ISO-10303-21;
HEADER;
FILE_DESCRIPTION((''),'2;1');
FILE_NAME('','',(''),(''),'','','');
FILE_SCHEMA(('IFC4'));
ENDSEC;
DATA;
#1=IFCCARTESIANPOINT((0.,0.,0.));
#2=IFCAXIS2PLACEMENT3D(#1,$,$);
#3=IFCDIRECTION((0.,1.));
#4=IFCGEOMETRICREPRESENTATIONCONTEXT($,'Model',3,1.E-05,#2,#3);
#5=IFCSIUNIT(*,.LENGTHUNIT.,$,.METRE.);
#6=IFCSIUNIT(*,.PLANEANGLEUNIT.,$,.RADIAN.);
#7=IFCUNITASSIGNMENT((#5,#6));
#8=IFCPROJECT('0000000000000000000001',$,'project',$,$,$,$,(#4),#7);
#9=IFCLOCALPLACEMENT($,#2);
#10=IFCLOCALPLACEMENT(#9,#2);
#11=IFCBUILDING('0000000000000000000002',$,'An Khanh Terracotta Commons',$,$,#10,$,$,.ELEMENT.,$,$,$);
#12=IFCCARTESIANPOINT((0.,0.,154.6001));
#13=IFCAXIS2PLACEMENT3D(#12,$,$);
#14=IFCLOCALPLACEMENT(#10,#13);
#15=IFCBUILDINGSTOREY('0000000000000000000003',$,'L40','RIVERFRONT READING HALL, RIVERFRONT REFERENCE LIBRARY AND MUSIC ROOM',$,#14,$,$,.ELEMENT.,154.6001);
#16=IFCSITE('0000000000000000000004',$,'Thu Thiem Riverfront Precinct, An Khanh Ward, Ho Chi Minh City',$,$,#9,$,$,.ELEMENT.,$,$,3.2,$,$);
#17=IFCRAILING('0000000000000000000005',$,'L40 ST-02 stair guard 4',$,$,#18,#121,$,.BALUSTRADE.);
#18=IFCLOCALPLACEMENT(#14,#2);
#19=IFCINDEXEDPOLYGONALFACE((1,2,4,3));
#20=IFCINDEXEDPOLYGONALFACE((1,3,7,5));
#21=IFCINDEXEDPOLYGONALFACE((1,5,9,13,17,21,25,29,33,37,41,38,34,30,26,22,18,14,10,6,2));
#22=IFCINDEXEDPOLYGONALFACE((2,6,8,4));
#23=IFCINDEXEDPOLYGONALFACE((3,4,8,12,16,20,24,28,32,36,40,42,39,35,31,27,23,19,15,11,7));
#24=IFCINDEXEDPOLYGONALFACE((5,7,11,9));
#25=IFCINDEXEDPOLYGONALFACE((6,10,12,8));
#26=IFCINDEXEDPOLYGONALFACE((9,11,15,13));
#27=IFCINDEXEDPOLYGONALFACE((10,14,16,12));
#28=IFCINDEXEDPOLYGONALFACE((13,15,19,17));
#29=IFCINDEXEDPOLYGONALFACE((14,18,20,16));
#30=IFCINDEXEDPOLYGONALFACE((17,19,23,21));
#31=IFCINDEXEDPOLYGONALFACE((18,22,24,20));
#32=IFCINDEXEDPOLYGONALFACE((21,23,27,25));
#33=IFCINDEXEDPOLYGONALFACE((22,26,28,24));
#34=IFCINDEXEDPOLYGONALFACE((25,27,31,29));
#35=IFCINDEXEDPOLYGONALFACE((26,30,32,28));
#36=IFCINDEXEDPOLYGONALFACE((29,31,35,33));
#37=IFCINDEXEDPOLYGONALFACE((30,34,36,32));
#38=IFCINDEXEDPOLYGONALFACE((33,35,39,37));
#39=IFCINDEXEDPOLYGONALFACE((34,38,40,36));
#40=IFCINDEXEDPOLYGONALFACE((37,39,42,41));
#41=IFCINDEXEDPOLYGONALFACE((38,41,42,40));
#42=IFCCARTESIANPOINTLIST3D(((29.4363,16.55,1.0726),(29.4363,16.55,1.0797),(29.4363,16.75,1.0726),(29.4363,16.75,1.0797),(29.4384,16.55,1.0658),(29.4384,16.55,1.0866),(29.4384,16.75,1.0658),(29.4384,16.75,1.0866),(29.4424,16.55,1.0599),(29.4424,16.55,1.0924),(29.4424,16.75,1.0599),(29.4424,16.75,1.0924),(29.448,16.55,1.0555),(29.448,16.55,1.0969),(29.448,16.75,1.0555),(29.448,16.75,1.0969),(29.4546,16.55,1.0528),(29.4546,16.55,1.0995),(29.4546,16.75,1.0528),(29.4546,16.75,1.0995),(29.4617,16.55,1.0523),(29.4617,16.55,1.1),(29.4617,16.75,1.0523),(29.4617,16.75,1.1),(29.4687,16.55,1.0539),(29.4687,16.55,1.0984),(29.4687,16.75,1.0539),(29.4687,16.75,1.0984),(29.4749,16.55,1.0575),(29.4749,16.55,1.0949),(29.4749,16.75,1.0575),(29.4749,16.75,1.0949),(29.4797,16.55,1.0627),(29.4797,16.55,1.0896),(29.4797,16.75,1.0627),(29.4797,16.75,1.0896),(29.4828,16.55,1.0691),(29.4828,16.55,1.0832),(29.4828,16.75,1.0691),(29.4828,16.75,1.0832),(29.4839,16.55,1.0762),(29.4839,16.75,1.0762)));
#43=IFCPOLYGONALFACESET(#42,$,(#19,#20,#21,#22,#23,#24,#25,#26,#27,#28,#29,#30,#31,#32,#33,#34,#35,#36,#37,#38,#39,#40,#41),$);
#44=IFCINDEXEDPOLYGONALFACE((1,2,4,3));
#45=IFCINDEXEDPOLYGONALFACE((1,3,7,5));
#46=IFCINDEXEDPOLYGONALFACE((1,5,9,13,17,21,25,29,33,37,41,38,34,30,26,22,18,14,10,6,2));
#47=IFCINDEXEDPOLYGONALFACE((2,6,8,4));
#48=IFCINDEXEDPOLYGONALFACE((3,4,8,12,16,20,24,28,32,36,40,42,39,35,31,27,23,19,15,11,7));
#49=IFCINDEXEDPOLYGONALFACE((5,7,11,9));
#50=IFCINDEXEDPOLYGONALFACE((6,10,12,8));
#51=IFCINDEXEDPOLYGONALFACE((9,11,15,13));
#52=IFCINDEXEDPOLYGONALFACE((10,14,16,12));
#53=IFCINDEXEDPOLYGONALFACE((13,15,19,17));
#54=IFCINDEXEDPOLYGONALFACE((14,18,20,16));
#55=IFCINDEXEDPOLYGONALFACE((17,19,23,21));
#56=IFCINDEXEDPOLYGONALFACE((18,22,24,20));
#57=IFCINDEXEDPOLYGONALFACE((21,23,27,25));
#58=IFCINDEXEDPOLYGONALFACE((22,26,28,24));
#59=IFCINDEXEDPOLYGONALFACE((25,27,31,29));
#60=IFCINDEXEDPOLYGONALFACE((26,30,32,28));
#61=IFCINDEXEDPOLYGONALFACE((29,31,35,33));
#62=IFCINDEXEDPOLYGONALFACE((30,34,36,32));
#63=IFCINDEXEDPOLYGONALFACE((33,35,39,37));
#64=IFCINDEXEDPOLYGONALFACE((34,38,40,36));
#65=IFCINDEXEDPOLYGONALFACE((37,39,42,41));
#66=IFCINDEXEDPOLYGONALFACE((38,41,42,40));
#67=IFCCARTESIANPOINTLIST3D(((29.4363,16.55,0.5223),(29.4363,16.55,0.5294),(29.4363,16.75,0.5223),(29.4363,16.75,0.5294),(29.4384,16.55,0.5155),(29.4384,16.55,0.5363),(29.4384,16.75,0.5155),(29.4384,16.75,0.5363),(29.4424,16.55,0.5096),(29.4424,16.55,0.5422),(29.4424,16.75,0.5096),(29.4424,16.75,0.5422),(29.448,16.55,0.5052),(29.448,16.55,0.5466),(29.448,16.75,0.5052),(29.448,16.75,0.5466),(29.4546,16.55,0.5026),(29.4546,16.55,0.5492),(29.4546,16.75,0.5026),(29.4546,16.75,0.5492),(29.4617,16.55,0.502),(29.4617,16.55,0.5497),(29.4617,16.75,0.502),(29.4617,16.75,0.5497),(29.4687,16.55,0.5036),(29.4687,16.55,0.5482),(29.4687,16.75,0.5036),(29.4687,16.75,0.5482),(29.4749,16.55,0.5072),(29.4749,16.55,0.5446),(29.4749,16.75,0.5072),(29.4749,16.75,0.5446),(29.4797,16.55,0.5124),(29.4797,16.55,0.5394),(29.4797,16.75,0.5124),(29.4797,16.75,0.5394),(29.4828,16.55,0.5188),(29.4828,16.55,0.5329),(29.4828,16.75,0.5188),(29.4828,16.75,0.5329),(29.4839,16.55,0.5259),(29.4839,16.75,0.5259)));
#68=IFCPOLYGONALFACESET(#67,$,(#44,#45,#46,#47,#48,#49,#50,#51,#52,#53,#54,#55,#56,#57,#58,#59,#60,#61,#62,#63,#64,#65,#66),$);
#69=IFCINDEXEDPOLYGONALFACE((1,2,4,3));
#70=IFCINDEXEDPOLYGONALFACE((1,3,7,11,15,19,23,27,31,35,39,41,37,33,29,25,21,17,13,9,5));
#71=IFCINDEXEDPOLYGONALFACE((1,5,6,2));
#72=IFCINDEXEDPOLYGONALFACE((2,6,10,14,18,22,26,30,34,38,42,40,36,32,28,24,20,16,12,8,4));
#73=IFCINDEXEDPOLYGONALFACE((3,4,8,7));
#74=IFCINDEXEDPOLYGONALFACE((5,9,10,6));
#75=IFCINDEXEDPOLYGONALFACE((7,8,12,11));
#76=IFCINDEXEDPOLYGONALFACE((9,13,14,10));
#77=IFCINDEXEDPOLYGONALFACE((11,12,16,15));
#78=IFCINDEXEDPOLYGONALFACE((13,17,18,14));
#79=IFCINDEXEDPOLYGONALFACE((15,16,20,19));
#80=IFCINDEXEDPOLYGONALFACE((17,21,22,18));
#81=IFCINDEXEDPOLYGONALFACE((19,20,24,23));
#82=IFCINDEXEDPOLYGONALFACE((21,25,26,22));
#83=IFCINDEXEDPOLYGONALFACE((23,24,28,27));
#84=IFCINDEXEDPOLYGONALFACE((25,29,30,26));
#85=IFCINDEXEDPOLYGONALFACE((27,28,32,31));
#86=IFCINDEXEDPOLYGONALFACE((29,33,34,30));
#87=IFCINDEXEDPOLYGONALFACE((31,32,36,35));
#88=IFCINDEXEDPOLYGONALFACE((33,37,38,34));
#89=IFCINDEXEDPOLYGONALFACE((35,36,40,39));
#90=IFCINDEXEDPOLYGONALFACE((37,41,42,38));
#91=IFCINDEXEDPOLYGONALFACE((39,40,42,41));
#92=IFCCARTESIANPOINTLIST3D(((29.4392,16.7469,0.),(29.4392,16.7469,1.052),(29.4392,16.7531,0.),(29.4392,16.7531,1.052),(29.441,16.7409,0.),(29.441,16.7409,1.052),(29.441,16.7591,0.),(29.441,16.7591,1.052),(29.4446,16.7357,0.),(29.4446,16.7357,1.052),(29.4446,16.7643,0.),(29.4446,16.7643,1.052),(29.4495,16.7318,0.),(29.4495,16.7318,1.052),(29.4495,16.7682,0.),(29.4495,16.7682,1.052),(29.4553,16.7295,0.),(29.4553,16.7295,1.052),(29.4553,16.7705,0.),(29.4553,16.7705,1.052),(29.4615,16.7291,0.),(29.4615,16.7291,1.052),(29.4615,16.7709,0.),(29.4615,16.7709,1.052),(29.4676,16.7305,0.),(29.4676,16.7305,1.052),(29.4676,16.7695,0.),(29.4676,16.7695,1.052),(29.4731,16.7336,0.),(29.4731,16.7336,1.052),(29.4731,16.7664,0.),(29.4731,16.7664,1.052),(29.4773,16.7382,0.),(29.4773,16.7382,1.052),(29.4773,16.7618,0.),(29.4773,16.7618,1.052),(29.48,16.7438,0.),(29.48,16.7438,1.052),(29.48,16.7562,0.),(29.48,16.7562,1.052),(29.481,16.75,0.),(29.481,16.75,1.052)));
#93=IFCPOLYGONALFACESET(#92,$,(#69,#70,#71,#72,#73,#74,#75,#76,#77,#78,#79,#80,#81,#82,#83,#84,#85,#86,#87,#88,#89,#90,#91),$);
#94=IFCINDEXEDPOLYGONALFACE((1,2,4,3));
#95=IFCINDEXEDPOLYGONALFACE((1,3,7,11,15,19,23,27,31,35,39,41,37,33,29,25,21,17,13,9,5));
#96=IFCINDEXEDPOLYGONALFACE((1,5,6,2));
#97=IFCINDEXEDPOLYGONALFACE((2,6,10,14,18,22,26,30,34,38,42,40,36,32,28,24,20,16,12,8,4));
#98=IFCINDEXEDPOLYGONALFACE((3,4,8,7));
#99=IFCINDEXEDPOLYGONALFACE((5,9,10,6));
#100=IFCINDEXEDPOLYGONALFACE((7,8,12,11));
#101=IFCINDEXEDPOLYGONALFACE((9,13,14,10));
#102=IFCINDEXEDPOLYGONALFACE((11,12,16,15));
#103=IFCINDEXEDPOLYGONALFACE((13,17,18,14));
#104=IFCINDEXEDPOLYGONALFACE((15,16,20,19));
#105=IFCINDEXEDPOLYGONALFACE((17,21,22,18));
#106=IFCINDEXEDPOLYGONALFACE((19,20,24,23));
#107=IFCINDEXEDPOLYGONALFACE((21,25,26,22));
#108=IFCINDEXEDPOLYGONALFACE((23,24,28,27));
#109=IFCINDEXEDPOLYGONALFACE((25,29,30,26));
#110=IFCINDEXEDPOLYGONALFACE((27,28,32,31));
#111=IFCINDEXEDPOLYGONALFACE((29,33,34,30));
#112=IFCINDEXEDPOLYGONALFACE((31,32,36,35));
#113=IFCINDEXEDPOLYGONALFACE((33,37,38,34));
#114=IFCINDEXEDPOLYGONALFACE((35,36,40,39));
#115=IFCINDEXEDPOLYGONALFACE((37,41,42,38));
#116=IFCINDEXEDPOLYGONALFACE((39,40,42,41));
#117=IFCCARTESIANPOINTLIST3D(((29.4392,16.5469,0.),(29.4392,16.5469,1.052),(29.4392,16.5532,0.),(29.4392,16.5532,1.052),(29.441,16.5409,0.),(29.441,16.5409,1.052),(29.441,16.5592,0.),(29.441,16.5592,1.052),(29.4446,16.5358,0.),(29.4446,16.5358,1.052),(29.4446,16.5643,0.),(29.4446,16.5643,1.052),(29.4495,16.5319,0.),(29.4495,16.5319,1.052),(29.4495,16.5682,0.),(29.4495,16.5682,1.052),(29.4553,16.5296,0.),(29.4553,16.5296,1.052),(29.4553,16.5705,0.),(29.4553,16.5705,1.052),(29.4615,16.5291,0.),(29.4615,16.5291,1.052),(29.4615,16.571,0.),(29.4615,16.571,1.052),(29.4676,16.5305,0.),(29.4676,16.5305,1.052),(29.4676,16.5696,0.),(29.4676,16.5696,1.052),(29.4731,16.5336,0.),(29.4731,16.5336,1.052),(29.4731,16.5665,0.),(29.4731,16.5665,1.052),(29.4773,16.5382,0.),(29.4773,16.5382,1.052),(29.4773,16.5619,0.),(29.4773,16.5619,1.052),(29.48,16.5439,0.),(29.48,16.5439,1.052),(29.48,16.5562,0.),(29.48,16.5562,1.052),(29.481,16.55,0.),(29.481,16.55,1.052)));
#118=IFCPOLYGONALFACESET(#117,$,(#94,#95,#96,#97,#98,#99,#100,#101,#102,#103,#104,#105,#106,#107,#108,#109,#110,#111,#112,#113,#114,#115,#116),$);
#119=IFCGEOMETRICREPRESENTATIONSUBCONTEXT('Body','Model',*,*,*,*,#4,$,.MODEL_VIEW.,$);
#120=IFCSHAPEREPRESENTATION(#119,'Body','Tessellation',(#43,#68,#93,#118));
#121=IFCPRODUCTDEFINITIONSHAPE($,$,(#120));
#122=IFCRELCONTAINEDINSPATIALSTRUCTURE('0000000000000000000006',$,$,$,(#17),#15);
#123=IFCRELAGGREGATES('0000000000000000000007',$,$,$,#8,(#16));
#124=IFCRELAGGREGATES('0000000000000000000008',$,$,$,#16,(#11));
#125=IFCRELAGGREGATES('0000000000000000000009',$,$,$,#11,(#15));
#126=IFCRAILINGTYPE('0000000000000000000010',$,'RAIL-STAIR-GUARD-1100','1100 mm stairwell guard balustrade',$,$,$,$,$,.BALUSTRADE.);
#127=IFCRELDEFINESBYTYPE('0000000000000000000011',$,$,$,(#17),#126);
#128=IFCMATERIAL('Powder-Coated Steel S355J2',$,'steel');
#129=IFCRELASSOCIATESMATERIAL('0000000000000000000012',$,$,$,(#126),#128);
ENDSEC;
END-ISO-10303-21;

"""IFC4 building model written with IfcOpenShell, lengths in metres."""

from ifc_helpers import new_model, si_unit, direction, frame, origin, origin_2d, place, context, subcontext, project, spatial, circle, extrude, material, type_object, element, save


model = new_model("IFC4")

# Units and contexts
model_context = context("Model", 3, precision=1e-05, world=origin(), true_north=direction((0.0, 1.0)))
body_context = subcontext(model_context, "Body", "Model", "MODEL_VIEW")
ifc_project = project(units=[si_unit("LENGTHUNIT", "METRE"), si_unit("PLANEANGLEUNIT", "RADIAN")], contexts=[model_context])

# Site, building, storey
site_placement = place(None, origin())
site = spatial("IfcSite", under=ifc_project, at=site_placement, Name="Thu Thiem Riverfront Precinct, An Khanh Ward, Ho Chi Minh City", CompositionType="ELEMENT", RefElevation=3.2)
building_placement = place(site_placement, origin())
building = spatial("IfcBuilding", under=site, at=building_placement, Name="An Khanh Terracotta Commons", CompositionType="ELEMENT")
storey_placement = place(building_placement, frame((0.0, 0.0, 154.6001)))
storey = spatial("IfcBuildingStorey", under=building, at=storey_placement, Name="L40", Description="RIVERFRONT READING HALL, RIVERFRONT REFERENCE LIBRARY AND MUSIC ROOM", CompositionType="ELEMENT", Elevation=154.6001)

# Railing
ifc_material_1 = material(Name="Powder-Coated Steel S355J2", Category="steel")
railing_type_1 = type_object("IfcRailingType", Name="RAIL-STAIR-GUARD-1100", Description="1100 mm stairwell guard balustrade", PredefinedType="BALUSTRADE", material=ifc_material_1)
railing_1_placement = place(storey_placement, frame((29.46, 16.75, 0.0)))
element("IfcRailing", 1, at=railing_1_placement, inside=storey, type_object=railing_type_1, Name="L40 ST-02 stair guard 4", PredefinedType="BALUSTRADE", context=body_context, shape_type="SweptSolid", body=[
    extrude(circle(Radius=0.0239, at=origin_2d()), frame((0.0, 0.0, 1.0762), z_axis=(0.0, -1.0, 0.0), x_axis=(1.0, 0.0, 0.0)), (0.0, 0.0, 1.0), 0.2),
    extrude(circle(Radius=0.0239, at=origin_2d()), frame((0.0, 0.0, 0.5259), z_axis=(0.0, -1.0, 0.0), x_axis=(1.0, 0.0, 0.0)), (0.0, 0.0, 1.0), 0.2),
    extrude(circle(Radius=0.021, at=origin_2d()), origin(), (0.0, 0.0, 1.0), 1.052),
    extrude(circle(Radius=0.021, at=origin_2d()), frame((0.0, -0.2, 0.0)), (0.0, 0.0, 1.0), 1.052),
])

save(model, "model.ifc")
